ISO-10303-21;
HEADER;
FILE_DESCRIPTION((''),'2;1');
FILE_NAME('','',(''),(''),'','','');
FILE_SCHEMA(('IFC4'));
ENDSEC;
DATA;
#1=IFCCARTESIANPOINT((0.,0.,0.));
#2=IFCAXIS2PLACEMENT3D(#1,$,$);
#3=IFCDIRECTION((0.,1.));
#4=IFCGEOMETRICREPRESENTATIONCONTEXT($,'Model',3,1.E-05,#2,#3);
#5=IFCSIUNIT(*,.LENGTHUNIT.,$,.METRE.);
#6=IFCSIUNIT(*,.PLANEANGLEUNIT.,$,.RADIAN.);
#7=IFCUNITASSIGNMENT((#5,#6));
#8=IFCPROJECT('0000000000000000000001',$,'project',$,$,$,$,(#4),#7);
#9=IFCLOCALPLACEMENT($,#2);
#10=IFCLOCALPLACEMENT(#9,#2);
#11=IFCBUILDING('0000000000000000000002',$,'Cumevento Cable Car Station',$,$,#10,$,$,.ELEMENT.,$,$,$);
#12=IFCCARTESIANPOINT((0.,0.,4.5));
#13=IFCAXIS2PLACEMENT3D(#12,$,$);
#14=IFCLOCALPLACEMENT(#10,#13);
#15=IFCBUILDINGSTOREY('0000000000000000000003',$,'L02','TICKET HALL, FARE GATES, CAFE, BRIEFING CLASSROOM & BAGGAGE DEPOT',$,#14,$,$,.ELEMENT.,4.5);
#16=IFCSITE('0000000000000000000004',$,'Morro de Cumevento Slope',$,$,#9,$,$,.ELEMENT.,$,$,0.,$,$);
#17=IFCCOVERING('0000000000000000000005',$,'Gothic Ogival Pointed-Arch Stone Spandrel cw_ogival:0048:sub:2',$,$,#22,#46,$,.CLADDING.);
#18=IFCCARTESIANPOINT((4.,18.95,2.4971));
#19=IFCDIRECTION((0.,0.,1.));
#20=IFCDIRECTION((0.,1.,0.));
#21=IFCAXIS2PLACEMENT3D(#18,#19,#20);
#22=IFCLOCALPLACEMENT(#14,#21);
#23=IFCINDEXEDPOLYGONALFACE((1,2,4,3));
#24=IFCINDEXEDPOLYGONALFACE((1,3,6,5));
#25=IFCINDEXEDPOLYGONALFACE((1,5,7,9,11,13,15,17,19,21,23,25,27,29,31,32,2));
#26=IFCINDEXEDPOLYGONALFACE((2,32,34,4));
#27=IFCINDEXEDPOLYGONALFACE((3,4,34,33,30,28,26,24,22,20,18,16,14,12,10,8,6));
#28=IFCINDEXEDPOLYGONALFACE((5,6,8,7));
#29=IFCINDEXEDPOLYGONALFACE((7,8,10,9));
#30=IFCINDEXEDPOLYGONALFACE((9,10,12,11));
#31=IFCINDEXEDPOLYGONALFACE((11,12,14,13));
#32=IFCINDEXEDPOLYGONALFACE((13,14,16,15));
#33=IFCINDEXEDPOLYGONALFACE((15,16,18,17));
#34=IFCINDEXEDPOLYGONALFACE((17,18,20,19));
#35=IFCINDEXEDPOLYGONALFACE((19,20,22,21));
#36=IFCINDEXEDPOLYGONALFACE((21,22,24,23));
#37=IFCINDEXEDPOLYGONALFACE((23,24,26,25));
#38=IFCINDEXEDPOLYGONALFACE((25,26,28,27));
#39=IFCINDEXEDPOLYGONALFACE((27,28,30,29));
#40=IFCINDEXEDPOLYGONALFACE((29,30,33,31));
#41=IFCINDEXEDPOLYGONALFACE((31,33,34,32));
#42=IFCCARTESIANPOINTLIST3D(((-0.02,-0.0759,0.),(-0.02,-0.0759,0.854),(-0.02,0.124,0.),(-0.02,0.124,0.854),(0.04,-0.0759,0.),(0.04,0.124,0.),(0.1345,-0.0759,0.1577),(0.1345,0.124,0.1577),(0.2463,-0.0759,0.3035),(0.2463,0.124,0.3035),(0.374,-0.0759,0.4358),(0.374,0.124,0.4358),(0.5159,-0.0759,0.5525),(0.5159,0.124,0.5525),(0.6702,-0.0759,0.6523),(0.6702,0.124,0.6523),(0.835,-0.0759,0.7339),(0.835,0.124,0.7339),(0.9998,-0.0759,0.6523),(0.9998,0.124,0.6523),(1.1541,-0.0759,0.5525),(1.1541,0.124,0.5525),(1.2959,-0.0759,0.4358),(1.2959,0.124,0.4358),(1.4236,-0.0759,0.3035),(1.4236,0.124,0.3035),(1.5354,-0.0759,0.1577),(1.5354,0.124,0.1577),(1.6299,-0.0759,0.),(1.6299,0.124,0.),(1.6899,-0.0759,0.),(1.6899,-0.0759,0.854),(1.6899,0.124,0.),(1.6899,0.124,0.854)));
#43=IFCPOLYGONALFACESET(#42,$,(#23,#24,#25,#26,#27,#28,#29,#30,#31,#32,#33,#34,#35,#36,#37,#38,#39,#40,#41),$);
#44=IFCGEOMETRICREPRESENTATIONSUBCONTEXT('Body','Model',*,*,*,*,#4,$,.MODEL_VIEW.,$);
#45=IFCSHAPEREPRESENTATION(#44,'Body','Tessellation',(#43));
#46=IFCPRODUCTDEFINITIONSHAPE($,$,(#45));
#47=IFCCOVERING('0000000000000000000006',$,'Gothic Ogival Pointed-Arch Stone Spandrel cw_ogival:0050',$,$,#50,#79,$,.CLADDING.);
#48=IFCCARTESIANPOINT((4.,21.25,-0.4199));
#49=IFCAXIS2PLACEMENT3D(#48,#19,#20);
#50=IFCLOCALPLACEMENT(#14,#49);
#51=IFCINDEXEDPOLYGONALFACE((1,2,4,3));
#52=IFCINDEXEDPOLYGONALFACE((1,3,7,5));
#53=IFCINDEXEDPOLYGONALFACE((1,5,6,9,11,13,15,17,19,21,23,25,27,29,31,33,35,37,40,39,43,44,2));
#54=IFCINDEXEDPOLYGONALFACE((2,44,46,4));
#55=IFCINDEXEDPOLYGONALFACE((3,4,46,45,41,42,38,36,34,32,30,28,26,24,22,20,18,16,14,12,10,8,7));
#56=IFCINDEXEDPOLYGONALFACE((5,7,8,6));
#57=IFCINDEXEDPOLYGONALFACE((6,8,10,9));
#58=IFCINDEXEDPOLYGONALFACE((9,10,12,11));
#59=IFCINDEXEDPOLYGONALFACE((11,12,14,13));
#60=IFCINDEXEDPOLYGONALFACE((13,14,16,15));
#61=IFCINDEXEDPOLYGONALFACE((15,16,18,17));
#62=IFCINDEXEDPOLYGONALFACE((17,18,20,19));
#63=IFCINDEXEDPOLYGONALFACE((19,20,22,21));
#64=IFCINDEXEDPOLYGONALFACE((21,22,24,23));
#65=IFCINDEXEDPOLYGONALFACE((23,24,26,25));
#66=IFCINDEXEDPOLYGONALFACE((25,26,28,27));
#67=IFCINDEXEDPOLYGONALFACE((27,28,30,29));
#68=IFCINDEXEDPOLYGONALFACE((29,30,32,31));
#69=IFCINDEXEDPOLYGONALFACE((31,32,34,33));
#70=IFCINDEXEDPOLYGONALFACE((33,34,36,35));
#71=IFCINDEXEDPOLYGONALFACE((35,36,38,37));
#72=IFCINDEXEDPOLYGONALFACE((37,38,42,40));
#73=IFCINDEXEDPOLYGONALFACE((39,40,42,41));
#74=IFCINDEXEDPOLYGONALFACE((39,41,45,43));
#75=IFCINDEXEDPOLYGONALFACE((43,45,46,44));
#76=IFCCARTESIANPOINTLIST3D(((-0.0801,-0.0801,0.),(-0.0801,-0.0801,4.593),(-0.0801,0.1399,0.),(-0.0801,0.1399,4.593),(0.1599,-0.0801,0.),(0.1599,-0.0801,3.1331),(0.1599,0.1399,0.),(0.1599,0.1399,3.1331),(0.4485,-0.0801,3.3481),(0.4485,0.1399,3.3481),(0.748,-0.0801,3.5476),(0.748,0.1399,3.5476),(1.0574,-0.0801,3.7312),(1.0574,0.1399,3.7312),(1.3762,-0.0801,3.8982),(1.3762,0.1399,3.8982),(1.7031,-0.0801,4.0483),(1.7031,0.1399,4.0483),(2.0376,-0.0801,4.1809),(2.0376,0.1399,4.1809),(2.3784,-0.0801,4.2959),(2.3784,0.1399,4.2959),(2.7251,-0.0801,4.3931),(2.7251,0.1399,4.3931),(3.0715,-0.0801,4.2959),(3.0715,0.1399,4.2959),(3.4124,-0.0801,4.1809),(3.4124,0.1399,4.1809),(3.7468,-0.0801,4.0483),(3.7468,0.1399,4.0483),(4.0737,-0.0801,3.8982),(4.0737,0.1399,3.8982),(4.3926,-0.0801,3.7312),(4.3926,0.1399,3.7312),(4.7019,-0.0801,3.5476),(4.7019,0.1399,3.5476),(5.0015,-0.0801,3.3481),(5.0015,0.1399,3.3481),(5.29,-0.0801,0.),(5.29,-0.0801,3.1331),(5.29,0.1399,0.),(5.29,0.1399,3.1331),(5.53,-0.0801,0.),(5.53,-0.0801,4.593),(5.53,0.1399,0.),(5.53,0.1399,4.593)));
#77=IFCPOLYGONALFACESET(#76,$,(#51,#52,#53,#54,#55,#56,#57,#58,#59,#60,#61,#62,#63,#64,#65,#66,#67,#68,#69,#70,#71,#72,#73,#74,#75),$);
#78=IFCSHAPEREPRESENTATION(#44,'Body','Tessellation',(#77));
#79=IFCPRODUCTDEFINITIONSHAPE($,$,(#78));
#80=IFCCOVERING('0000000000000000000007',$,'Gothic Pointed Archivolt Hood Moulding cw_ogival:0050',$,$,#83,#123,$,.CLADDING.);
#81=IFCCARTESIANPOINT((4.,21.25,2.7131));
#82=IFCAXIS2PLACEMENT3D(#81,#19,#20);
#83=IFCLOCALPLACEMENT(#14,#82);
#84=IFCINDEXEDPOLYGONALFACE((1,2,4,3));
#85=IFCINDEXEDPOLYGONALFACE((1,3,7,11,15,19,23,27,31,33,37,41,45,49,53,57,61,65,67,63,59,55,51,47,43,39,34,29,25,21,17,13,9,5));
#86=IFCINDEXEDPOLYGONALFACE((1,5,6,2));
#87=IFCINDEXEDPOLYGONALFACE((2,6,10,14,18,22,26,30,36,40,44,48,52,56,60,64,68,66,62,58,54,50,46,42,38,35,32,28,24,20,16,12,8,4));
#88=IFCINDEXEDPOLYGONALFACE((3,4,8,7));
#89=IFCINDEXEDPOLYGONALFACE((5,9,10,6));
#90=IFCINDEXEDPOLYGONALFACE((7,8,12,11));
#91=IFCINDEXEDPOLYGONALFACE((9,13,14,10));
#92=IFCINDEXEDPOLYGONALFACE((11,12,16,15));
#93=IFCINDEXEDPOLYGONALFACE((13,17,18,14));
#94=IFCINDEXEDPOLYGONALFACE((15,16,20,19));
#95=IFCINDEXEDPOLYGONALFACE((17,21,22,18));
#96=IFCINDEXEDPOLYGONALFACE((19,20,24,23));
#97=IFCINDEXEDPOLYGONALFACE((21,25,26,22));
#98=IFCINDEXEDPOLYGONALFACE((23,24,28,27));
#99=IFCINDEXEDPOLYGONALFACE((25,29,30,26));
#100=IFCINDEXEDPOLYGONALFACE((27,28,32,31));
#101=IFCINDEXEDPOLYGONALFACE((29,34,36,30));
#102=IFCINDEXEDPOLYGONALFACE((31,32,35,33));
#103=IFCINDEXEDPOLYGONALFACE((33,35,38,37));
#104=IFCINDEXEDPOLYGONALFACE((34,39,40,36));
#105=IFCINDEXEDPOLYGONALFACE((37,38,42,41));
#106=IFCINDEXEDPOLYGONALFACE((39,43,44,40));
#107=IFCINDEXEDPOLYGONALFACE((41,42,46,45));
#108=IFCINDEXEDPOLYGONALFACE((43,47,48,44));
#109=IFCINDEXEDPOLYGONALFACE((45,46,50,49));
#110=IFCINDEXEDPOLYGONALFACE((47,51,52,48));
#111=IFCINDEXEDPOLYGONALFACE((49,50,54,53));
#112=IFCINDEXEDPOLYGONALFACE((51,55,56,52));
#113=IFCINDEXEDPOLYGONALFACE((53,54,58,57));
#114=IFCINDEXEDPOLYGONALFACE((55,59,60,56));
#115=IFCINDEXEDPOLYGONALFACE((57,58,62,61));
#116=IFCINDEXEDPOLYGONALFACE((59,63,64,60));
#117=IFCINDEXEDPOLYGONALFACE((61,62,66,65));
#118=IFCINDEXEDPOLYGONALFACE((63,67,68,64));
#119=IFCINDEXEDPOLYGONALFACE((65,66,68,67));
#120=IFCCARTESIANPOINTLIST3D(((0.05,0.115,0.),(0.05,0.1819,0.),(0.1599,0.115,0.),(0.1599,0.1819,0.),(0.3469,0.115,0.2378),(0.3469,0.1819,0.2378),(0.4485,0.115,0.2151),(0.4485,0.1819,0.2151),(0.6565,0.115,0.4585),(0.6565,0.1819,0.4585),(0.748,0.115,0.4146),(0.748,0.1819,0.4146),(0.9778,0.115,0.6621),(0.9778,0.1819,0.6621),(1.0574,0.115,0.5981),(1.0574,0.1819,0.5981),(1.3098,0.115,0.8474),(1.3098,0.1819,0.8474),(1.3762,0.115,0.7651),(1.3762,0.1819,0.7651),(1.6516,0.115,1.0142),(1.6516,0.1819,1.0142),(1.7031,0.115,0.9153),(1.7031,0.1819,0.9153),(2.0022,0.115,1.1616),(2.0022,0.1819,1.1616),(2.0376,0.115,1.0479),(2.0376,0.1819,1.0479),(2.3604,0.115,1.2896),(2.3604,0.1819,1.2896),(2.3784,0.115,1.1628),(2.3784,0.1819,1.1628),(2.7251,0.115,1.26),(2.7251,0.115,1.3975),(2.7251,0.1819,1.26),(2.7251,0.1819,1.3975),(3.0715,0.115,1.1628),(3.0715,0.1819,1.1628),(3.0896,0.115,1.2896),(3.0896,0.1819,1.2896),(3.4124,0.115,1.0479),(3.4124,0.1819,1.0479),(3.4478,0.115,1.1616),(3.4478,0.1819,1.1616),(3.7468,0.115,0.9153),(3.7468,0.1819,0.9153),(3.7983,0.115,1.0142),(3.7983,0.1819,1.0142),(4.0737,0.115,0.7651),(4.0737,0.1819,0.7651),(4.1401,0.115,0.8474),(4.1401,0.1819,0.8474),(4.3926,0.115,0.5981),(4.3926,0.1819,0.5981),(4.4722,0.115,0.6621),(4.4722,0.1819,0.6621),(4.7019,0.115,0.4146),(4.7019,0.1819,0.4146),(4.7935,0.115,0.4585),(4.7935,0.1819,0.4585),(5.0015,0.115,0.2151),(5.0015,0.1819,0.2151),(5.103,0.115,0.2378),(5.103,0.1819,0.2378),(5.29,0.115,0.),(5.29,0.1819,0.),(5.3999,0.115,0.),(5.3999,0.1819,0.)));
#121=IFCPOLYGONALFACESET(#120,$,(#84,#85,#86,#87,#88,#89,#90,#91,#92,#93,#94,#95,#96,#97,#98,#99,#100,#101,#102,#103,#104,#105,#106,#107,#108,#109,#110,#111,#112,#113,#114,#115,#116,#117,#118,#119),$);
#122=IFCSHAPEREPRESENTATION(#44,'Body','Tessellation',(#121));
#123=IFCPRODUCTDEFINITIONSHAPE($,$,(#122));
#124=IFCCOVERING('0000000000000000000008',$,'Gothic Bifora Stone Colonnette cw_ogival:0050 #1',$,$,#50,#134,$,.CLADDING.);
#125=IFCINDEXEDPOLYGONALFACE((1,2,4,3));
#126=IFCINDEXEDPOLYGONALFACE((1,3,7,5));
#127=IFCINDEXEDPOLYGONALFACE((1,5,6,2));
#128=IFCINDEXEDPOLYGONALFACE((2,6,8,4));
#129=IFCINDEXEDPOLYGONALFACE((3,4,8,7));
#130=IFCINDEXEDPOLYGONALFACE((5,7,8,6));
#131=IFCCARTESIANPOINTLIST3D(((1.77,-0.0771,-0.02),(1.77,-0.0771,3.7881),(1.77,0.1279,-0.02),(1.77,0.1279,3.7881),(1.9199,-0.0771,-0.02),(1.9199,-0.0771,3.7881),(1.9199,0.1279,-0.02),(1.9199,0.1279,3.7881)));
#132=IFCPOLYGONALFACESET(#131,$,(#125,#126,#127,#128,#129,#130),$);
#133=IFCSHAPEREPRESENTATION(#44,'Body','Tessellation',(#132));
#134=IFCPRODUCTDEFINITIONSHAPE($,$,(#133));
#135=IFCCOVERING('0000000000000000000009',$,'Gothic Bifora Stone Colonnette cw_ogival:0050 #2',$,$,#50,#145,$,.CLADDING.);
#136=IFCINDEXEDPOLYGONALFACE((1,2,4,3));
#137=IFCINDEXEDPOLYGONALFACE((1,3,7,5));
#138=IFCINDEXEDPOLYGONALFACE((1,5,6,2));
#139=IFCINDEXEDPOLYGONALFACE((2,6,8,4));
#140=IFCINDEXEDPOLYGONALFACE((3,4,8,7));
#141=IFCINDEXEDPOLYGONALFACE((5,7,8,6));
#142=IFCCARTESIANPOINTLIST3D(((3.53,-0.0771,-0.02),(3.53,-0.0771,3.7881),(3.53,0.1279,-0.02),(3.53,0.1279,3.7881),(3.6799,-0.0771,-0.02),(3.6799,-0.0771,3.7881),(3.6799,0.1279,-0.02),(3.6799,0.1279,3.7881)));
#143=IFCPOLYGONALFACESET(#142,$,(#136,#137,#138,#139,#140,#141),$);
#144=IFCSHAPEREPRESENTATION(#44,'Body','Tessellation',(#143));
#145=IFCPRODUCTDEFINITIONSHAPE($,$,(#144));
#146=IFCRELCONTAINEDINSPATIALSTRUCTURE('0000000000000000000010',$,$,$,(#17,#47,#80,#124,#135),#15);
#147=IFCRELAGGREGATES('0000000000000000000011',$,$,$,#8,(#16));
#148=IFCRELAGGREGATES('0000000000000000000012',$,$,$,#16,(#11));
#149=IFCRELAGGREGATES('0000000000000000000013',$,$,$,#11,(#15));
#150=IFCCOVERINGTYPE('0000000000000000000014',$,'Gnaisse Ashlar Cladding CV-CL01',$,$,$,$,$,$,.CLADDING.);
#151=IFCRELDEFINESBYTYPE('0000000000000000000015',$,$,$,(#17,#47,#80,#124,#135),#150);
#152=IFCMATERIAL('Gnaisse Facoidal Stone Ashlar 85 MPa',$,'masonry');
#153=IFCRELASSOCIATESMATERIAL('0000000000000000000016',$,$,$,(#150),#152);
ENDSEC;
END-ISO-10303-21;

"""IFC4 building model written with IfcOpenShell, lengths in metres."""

from ifc_helpers import new_model, si_unit, direction, frame, origin, place, context, subcontext, project, spatial, polyline, outline, extrude, material, type_object, element, save


model = new_model("IFC4")

# Units and contexts
model_context = context("Model", 3, precision=1e-05, world=origin(), true_north=direction((0.0, 1.0)))
body_context = subcontext(model_context, "Body", "Model", "MODEL_VIEW")
ifc_project = project(units=[si_unit("LENGTHUNIT", "METRE"), si_unit("PLANEANGLEUNIT", "RADIAN")], contexts=[model_context])

# Site, building, storey
site_placement = place(None, origin())
site = spatial("IfcSite", under=ifc_project, at=site_placement, Name="Morro de Cumevento Slope", CompositionType="ELEMENT", RefElevation=0.0)
building_placement = place(site_placement, origin())
building = spatial("IfcBuilding", under=site, at=building_placement, Name="Cumevento Cable Car Station", CompositionType="ELEMENT")
storey_placement = place(building_placement, frame((0.0, 0.0, 4.5)))
storey = spatial("IfcBuildingStorey", under=building, at=storey_placement, Name="L02", Description="TICKET HALL, FARE GATES, CAFE, BRIEFING CLASSROOM & BAGGAGE DEPOT", CompositionType="ELEMENT", Elevation=4.5)

# Coverings
ifc_material_1 = material(Name="Gnaisse Facoidal Stone Ashlar 85 MPa", Category="masonry")
covering_type = type_object("IfcCoveringType", Name="Gnaisse Ashlar Cladding CV-CL01", PredefinedType="CLADDING", material=ifc_material_1)
covering_1_placement = place(storey_placement, frame((4.0, 18.95, 2.4971), z_axis=(0.0, 0.0, 1.0), x_axis=(0.0, 1.0, 0.0)))
element("IfcCovering", 1, at=covering_1_placement, inside=storey, type_object=covering_type, Name="Gothic Ogival Pointed-Arch Stone Spandrel cw_ogival:0048:sub:2", PredefinedType="CLADDING", context=body_context, shape_type="SweptSolid", body=[
    extrude(outline(polyline([(-0.02, 0.0), (-0.02, 0.854), (1.6899, 0.854), (1.6899, 0.0), (1.6299, 0.0), (1.5354, 0.1577), (1.4236, 0.3035), (1.2959, 0.4358), (1.1541, 0.5525), (0.9998, 0.6523), (0.835, 0.7339), (0.6702, 0.6523), (0.5159, 0.5525), (0.374, 0.4358), (0.2463, 0.3035), (0.1345, 0.1577), (0.04, 0.0), (-0.02, 0.0)])), frame((0.0, 0.124, 0.0), z_axis=(0.0, -1.0, 0.0), x_axis=(1.0, 0.0, 0.0)), (0.0, 0.0, 1.0), 0.2),
])
placement = place(storey_placement, frame((4.0, 21.25, -0.4199), z_axis=(0.0, 0.0, 1.0), x_axis=(0.0, 1.0, 0.0)))
element("IfcCovering", 2, at=placement, inside=storey, type_object=covering_type, Name="Gothic Ogival Pointed-Arch Stone Spandrel cw_ogival:0050", PredefinedType="CLADDING", context=body_context, shape_type="SweptSolid", body=[
    extrude(outline(polyline([(-0.0801, 0.0), (-0.0801, 4.593), (5.53, 4.593), (5.53, 0.0), (5.29, 0.0), (5.29, 3.1331), (5.0015, 3.3481), (4.7019, 3.5476), (4.3926, 3.7312), (4.0737, 3.8982), (3.7468, 4.0483), (3.4124, 4.1809), (3.0715, 4.2959), (2.7251, 4.3931), (2.3784, 4.2959), (2.0376, 4.1809), (1.7031, 4.0483), (1.3762, 3.8982), (1.0574, 3.7312), (0.748, 3.5476), (0.4485, 3.3481), (0.1599, 3.1331), (0.1599, 0.0), (-0.0801, 0.0)])), frame((0.0, 0.1399, 0.0), z_axis=(0.0, -1.0, 0.0), x_axis=(1.0, 0.0, 0.0)), (0.0, 0.0, 1.0), 0.22),
])
covering_2_placement = place(storey_placement, frame((4.0, 21.25, 2.7131), z_axis=(0.0, 0.0, 1.0), x_axis=(0.0, 1.0, 0.0)))
element("IfcCovering", 3, at=covering_2_placement, inside=storey, type_object=covering_type, Name="Gothic Pointed Archivolt Hood Moulding cw_ogival:0050", PredefinedType="CLADDING", context=body_context, shape_type="SweptSolid", body=[
    extrude(outline(polyline([(0.1599, 0.0), (0.4485, 0.2151), (0.748, 0.4146), (1.0574, 0.5981), (1.3762, 0.7651), (1.7031, 0.9153), (2.0376, 1.0479), (2.3784, 1.1628), (2.7251, 1.26), (3.0715, 1.1628), (3.4124, 1.0479), (3.7468, 0.9153), (4.0737, 0.7651), (4.3926, 0.5981), (4.7019, 0.4146), (5.0015, 0.2151), (5.29, 0.0), (5.3999, 0.0), (5.103, 0.2378), (4.7935, 0.4585), (4.4722, 0.6621), (4.1401, 0.8474), (3.7983, 1.0142), (3.4478, 1.1616), (3.0896, 1.2896), (2.7251, 1.3975), (2.3604, 1.2896), (2.0022, 1.1616), (1.6516, 1.0142), (1.3098, 0.8474), (0.9778, 0.6621), (0.6565, 0.4585), (0.3469, 0.2378), (0.05, 0.0), (0.1599, 0.0)])), frame((0.0, 0.1819, 0.0), z_axis=(0.0, -1.0, 0.0), x_axis=(1.0, 0.0, 0.0)), (0.0, 0.0, 1.0), 0.0669),
])
element("IfcCovering", 4, at=placement, inside=storey, type_object=covering_type, Name="Gothic Bifora Stone Colonnette cw_ogival:0050 #1", PredefinedType="CLADDING", context=body_context, shape_type="SweptSolid", body=[
    extrude(outline(polyline([(1.77, -0.02), (1.9199, -0.02), (1.9199, 3.7881), (1.77, 3.7881), (1.77, -0.02)])), frame((0.0, 0.1279, 0.0), z_axis=(0.0, -1.0, 0.0), x_axis=(1.0, 0.0, 0.0)), (0.0, 0.0, 1.0), 0.2051),
])
element("IfcCovering", 5, at=placement, inside=storey, type_object=covering_type, Name="Gothic Bifora Stone Colonnette cw_ogival:0050 #2", PredefinedType="CLADDING", context=body_context, shape_type="SweptSolid", body=[
    extrude(outline(polyline([(3.53, -0.02), (3.6799, -0.02), (3.6799, 3.7881), (3.53, 3.7881), (3.53, -0.02)])), frame((0.0, 0.1279, 0.0), z_axis=(0.0, -1.0, 0.0), x_axis=(1.0, 0.0, 0.0)), (0.0, 0.0, 1.0), 0.2051),
])

save(model, "model.ifc")
